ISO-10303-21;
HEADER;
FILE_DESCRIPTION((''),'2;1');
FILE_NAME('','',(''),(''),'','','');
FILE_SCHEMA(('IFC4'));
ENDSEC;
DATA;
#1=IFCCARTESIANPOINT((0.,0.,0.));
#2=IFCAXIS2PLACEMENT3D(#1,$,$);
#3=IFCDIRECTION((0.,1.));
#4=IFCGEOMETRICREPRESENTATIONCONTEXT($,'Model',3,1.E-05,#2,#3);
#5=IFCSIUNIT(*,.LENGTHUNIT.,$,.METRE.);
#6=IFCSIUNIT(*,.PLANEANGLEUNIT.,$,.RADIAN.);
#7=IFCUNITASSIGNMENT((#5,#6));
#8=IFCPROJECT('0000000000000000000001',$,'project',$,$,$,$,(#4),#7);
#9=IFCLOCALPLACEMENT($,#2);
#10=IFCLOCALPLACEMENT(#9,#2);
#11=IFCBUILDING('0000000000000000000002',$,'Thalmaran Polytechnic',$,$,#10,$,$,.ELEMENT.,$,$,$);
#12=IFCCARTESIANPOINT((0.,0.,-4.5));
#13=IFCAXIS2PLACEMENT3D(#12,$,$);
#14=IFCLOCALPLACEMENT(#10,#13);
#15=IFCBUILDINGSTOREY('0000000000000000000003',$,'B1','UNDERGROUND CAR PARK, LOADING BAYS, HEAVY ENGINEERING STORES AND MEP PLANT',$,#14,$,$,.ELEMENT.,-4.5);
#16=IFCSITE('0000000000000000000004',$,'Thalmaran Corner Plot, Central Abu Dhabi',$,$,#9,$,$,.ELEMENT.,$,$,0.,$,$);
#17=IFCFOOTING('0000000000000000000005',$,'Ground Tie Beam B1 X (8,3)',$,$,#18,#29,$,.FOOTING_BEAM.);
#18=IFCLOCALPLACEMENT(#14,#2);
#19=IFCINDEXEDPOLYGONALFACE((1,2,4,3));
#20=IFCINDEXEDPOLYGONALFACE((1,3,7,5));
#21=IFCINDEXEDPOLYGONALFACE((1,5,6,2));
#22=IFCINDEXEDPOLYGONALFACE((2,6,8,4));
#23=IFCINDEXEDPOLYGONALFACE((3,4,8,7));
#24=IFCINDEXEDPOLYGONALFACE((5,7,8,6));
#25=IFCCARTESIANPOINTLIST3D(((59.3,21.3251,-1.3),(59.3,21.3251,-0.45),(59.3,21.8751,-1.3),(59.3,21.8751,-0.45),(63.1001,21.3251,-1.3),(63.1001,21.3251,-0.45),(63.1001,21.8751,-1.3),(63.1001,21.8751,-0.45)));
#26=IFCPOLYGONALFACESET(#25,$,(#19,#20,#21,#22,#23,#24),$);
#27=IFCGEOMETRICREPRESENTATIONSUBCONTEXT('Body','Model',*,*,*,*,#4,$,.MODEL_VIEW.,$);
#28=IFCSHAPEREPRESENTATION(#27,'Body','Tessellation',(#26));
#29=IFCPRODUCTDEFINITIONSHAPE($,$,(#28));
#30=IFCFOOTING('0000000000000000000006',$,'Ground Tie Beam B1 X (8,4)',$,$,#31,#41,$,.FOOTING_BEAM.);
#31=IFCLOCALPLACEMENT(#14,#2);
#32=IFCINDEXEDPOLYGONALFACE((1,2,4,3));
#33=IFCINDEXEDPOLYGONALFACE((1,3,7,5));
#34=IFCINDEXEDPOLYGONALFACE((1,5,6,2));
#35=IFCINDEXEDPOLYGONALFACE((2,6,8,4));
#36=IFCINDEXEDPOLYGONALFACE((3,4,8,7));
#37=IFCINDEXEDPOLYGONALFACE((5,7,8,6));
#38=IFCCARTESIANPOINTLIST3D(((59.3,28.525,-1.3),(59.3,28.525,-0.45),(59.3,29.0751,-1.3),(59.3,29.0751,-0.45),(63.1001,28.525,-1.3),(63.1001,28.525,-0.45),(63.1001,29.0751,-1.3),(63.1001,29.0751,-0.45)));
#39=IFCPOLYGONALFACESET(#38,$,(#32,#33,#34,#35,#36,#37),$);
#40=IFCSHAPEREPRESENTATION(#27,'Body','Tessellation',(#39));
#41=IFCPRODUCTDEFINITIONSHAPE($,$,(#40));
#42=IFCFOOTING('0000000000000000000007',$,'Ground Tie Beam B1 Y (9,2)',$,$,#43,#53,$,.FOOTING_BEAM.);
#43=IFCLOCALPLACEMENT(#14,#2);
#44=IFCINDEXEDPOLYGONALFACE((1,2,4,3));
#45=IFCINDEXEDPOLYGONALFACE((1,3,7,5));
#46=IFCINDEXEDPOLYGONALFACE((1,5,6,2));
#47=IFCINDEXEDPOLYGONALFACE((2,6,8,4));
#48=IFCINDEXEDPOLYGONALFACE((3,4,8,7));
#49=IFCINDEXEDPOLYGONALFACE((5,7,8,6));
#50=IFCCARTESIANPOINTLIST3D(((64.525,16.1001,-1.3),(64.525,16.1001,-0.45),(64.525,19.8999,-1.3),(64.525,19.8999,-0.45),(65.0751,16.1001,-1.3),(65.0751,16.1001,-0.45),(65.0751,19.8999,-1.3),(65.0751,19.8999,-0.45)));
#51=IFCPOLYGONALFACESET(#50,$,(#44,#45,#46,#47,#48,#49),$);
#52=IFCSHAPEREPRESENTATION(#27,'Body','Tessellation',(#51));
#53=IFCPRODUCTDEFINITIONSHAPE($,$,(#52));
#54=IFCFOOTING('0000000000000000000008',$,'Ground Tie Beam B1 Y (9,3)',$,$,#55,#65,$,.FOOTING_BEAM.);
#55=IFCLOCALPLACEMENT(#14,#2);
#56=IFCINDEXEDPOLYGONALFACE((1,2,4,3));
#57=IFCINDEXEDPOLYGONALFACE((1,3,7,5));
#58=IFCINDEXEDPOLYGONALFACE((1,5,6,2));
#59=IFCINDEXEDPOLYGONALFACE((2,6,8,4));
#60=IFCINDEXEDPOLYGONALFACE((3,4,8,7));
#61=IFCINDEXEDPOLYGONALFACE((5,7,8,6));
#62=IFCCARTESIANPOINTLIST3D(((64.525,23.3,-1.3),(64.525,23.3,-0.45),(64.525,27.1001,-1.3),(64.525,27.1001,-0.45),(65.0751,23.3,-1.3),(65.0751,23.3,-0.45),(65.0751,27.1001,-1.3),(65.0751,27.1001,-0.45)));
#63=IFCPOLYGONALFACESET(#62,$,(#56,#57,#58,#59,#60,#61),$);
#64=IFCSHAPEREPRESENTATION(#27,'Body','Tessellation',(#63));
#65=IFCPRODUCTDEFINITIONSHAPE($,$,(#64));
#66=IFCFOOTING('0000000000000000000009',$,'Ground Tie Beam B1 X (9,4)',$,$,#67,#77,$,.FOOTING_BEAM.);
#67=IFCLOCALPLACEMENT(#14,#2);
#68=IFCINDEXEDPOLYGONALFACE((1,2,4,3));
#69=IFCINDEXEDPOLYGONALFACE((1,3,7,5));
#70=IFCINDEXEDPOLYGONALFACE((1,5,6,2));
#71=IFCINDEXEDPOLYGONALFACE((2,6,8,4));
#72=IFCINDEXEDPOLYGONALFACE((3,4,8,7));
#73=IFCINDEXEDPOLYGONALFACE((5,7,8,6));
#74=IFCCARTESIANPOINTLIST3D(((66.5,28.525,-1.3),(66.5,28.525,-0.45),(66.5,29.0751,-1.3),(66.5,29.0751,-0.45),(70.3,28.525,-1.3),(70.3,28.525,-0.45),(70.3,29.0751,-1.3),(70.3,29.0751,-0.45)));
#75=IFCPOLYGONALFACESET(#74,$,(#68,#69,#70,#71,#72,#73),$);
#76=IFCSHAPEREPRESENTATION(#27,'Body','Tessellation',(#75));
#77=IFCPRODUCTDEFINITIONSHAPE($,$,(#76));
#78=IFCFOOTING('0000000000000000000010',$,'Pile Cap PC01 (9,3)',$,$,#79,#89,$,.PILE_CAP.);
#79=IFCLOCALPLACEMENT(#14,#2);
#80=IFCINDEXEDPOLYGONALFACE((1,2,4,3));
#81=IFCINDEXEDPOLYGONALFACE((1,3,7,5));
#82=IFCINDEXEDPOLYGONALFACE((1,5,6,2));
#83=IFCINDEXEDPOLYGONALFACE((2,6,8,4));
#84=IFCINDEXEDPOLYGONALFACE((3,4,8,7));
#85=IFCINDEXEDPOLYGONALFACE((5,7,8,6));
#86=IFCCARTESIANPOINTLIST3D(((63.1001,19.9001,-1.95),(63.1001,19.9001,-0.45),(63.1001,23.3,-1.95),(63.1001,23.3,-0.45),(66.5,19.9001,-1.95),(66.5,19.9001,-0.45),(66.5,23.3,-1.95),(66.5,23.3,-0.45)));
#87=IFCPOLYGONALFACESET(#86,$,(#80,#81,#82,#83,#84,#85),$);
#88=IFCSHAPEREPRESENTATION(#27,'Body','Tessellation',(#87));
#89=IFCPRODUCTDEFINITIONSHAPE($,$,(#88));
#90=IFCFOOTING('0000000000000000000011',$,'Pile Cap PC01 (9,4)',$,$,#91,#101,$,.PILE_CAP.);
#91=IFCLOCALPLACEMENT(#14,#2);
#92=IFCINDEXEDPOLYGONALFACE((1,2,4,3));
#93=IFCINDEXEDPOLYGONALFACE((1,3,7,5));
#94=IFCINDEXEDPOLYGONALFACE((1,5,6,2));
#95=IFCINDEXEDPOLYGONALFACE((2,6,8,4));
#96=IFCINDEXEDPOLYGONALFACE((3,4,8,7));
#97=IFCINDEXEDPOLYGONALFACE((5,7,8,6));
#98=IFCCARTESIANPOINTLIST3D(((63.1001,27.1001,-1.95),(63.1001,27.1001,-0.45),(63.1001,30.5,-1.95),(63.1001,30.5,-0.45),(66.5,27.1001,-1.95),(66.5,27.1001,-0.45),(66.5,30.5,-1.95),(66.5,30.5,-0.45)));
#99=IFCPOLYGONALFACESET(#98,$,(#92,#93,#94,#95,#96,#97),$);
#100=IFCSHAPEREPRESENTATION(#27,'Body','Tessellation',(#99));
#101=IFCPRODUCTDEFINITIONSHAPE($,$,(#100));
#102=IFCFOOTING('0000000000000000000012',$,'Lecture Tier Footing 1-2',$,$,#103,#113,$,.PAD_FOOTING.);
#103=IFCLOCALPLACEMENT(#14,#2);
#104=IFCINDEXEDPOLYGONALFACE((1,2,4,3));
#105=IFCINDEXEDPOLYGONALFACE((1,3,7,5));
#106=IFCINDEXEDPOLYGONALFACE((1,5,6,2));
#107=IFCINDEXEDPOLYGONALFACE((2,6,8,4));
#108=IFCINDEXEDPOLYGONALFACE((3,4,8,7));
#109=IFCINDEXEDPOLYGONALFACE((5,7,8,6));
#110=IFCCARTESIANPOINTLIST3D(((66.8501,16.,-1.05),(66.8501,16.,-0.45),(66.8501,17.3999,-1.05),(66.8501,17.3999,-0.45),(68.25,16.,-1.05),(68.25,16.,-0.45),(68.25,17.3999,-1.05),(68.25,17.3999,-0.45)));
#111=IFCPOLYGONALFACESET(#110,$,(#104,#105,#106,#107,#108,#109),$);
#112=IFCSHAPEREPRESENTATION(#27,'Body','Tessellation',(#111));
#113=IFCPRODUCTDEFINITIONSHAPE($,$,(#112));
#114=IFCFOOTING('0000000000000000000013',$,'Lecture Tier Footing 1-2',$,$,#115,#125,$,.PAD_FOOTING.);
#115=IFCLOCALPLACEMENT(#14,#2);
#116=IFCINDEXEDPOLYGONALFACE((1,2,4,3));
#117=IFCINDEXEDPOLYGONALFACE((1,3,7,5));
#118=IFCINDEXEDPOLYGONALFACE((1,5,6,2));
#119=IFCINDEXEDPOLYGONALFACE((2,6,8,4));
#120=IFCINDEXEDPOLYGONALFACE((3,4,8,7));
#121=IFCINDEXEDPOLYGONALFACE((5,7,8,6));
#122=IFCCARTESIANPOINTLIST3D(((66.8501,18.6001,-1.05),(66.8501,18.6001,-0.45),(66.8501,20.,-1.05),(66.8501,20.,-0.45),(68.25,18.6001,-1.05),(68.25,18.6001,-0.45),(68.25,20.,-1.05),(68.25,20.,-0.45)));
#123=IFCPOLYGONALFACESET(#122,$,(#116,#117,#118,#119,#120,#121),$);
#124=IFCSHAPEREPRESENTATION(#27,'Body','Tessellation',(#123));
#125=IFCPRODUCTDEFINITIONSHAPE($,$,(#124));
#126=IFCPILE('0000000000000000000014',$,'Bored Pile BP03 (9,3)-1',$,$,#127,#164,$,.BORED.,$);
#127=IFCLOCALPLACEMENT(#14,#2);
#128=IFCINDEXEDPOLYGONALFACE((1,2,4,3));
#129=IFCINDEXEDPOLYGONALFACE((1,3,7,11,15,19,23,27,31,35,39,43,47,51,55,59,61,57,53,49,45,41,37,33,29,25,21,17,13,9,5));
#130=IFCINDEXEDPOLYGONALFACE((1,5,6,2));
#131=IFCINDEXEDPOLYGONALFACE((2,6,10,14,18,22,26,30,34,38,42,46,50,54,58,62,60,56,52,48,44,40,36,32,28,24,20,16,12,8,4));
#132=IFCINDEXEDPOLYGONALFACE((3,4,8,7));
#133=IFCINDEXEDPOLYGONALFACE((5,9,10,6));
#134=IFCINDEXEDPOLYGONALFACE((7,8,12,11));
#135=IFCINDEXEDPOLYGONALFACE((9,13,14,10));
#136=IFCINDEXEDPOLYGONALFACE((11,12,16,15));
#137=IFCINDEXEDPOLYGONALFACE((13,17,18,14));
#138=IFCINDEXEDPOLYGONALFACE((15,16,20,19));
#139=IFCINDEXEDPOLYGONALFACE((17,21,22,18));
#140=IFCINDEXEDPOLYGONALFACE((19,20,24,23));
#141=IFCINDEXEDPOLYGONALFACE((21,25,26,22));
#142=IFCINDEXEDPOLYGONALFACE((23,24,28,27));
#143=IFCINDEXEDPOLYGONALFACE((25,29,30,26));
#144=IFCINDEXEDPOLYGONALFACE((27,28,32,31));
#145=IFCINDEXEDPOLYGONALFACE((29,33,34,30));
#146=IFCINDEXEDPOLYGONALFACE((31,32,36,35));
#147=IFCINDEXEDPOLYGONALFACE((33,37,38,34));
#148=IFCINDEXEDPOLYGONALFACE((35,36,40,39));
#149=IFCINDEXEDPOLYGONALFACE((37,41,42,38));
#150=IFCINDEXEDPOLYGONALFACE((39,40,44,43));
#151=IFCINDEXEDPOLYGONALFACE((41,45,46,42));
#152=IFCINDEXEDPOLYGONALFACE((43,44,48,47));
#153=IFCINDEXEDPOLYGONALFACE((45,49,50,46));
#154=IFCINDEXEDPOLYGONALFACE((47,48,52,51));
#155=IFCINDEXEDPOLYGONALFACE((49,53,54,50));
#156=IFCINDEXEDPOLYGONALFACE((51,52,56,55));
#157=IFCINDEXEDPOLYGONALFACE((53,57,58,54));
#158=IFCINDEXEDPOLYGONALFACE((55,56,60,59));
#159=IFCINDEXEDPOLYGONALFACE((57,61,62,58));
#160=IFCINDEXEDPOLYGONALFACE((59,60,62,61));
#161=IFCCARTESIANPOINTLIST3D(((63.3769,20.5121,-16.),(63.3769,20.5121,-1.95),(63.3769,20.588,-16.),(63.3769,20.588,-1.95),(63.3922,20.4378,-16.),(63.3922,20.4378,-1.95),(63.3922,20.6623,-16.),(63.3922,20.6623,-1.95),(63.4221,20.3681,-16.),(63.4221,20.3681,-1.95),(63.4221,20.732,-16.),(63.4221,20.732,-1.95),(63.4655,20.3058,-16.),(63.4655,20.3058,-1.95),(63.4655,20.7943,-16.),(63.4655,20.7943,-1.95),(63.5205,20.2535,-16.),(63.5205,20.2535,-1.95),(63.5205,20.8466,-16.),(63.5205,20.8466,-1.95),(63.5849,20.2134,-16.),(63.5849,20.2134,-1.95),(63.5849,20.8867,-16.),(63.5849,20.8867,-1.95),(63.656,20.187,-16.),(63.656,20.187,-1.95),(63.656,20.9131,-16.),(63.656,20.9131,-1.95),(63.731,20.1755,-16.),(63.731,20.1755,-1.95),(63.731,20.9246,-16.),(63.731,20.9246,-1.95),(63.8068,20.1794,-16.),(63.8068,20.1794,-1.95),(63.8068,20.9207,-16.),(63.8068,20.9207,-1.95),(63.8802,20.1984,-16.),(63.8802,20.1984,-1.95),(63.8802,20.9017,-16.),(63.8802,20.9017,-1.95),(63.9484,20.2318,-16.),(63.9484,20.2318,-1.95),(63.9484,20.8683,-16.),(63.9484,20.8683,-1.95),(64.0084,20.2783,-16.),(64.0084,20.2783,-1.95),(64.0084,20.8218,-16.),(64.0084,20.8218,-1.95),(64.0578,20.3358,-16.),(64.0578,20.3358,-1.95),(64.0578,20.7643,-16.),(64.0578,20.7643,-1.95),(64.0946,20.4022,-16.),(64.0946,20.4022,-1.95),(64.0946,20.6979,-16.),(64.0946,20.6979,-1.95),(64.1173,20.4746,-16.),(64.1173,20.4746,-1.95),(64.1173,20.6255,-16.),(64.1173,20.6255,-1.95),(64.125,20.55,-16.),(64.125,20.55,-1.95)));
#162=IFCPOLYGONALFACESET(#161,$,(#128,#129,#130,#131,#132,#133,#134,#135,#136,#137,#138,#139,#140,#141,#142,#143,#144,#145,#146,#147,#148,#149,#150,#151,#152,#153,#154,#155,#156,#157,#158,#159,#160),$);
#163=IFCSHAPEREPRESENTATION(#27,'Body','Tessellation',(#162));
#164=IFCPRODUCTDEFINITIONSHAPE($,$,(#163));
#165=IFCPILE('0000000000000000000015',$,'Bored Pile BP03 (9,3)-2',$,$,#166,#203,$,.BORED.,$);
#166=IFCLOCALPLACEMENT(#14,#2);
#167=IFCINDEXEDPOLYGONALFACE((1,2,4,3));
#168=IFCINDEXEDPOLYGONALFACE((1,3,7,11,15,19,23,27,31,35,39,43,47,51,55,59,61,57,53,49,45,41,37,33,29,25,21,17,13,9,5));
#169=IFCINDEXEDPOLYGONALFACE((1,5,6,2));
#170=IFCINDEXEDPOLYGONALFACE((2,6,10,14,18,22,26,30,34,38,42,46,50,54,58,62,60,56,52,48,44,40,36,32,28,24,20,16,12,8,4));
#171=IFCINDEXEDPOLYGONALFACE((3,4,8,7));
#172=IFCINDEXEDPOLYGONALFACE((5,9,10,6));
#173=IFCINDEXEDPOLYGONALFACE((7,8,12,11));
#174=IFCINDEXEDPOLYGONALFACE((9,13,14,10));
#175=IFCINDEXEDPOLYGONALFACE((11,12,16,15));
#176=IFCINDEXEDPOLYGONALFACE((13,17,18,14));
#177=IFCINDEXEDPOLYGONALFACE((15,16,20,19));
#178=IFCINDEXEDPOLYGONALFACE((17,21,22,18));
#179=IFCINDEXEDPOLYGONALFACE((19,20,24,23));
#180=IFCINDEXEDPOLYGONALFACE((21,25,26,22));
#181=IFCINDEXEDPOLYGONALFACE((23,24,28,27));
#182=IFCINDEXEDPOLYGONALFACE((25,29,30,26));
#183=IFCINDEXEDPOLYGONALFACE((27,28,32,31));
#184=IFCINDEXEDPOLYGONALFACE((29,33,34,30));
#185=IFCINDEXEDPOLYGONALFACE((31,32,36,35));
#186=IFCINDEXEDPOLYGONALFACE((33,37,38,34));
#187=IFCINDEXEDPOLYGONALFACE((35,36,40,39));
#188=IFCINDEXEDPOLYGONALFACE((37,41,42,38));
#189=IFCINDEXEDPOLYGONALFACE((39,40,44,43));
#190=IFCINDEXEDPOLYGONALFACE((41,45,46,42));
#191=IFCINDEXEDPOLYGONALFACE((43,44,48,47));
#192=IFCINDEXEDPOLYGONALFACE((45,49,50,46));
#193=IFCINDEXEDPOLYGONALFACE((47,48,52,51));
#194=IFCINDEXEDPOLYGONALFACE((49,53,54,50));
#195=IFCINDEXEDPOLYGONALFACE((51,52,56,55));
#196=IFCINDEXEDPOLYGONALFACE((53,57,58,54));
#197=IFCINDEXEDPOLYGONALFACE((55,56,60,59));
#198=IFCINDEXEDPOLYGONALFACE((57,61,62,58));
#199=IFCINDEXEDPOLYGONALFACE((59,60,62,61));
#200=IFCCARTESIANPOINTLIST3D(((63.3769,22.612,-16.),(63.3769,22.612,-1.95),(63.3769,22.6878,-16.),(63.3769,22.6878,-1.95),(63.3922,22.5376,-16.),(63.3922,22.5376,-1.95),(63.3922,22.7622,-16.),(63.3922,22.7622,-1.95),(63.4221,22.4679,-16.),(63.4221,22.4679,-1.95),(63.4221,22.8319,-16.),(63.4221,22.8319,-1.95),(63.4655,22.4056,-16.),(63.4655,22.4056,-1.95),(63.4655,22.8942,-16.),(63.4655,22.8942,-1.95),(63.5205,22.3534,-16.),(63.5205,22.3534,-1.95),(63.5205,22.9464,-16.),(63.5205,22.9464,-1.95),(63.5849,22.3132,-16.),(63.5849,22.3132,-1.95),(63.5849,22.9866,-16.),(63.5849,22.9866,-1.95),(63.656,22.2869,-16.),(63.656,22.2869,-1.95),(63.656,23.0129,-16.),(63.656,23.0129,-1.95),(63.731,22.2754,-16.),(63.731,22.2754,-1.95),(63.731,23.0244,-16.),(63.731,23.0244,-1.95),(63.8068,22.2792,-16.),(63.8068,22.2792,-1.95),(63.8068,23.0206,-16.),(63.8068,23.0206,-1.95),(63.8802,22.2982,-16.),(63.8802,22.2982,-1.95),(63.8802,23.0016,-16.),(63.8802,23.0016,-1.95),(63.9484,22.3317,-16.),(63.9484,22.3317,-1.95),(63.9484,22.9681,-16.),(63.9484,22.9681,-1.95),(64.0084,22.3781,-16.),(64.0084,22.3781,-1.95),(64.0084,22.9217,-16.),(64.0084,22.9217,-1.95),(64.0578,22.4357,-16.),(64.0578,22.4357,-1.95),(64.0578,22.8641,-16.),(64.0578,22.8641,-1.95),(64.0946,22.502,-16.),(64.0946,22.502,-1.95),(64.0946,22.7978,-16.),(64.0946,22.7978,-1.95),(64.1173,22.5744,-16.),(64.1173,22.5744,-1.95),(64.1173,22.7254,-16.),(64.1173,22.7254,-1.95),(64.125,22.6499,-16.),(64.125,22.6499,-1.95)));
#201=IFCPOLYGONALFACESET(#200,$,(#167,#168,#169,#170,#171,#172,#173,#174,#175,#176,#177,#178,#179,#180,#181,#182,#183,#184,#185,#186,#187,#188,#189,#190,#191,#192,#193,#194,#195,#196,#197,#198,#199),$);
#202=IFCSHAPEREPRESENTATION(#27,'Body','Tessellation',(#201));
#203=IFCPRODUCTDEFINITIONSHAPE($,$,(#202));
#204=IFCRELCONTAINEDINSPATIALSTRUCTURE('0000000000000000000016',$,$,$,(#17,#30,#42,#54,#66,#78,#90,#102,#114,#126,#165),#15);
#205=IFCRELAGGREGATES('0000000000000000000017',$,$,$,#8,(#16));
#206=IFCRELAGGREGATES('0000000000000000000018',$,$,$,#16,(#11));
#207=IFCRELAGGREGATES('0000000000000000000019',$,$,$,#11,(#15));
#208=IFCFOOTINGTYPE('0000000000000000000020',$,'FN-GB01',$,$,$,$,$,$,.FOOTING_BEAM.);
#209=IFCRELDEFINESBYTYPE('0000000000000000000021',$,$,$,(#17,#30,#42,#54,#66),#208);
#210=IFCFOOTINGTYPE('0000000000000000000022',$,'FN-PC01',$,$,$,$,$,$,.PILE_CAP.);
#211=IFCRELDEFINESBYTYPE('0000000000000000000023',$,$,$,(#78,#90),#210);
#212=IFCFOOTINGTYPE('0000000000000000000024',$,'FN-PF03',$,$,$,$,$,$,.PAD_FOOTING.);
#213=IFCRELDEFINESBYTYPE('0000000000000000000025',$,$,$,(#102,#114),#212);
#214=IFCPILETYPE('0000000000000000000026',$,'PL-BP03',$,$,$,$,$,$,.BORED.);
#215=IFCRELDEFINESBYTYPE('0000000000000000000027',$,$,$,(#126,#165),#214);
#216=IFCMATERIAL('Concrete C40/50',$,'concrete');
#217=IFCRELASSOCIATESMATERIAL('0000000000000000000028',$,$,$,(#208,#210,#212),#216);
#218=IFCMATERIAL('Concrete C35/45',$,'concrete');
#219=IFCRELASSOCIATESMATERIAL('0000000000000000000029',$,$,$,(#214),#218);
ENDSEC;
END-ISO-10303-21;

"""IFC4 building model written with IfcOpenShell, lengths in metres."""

from ifc_helpers import new_model, si_unit, direction, frame, origin, origin_2d, place, context, subcontext, project, spatial, rectangle, circle, extrude, material, material_profile, profile_set, type_object, element, save


model = new_model("IFC4")

# Units and contexts
model_context = context("Model", 3, precision=1e-05, world=origin(), true_north=direction((0.0, 1.0)))
body_context = subcontext(model_context, "Body", "Model", "MODEL_VIEW")
ifc_project = project(units=[si_unit("LENGTHUNIT", "METRE"), si_unit("PLANEANGLEUNIT", "RADIAN")], contexts=[model_context])

# Site, building, storey
site_placement = place(None, origin())
site = spatial("IfcSite", under=ifc_project, at=site_placement, Name="Thalmaran Corner Plot, Central Abu Dhabi", CompositionType="ELEMENT", RefElevation=0.0)
building_placement = place(site_placement, origin())
building = spatial("IfcBuilding", under=site, at=building_placement, Name="Thalmaran Polytechnic", CompositionType="ELEMENT")
storey_placement = place(building_placement, frame((0.0, 0.0, -4.5)))
storey = spatial("IfcBuildingStorey", under=building, at=storey_placement, Name="B1", Description="UNDERGROUND CAR PARK, LOADING BAYS, HEAVY ENGINEERING STORES AND MEP PLANT", CompositionType="ELEMENT", Elevation=-4.5)

# Footings
ifc_material_1 = material(Name="Concrete C40/50", Category="concrete")
ifc_material_profile_1 = material_profile(ifc_material_1, rectangle(XDim=0.55, YDim=0.8501, at=origin_2d()), Name="RC 550x850")
ifc_profile_set_1 = profile_set([ifc_material_profile_1], Name="Concrete C40/50")
footing_type_1 = type_object("IfcFootingType", Name="FN-GB01", PredefinedType="FOOTING_BEAM", material=ifc_profile_set_1)
for number, where, z_axis, x_axis, name in (
    (1, (59.3, 21.6001, -0.875), (1.0, 0.0, 0.0), (0.0, 1.0, 0.0), "Ground Tie Beam B1 X (8,3)"),
    (2, (59.3, 28.8, -0.875), (1.0, 0.0, 0.0), (0.0, 1.0, 0.0), "Ground Tie Beam B1 X (8,4)"),
):
    element("IfcFooting", number, at=place(storey_placement, frame(where, z_axis=z_axis, x_axis=x_axis)), inside=storey, type_object=footing_type_1, Name=name, PredefinedType="FOOTING_BEAM", context=body_context, shape_type="SweptSolid", body=[
        extrude(rectangle(XDim=0.55, YDim=0.8501, at=origin_2d()), origin(), (0.0, 0.0, 1.0), 3.8),
    ])
footing_placement = place(storey_placement, frame((64.8, 16.1001, -0.875), z_axis=(0.0, 1.0, 0.0), x_axis=(-1.0, 0.0, 0.0)))
element("IfcFooting", 3, at=footing_placement, inside=storey, type_object=footing_type_1, Name="Ground Tie Beam B1 Y (9,2)", PredefinedType="FOOTING_BEAM", context=body_context, shape_type="SweptSolid", body=[
    extrude(rectangle(XDim=0.55, YDim=0.8501, at=origin_2d()), origin(), (0.0, 0.0, 1.0), 3.7998),
])
for number, where, z_axis, x_axis, name in (
    (4, (64.8, 23.3, -0.875), (0.0, 1.0, 0.0), (-1.0, 0.0, 0.0), "Ground Tie Beam B1 Y (9,3)"),
    (5, (66.5, 28.8, -0.875), (1.0, 0.0, 0.0), (0.0, 1.0, 0.0), "Ground Tie Beam B1 X (9,4)"),
):
    element("IfcFooting", number, at=place(storey_placement, frame(where, z_axis=z_axis, x_axis=x_axis)), inside=storey, type_object=footing_type_1, Name=name, PredefinedType="FOOTING_BEAM", context=body_context, shape_type="SweptSolid", body=[
        extrude(rectangle(XDim=0.55, YDim=0.8501, at=origin_2d()), origin(), (0.0, 0.0, 1.0), 3.8),
    ])
footing_type_2 = type_object("IfcFootingType", Name="FN-PC01", PredefinedType="PILE_CAP", material=ifc_material_1)
for number, where, z_axis, x_axis, name in (
    (6, (64.8, 21.6001, -1.95), (0.0, 0.0, 1.0), (1.0, 0.0, 0.0), "Pile Cap PC01 (9,3)"),
    (7, (64.8, 28.8, -1.95), (0.0, 0.0, 1.0), (1.0, 0.0, 0.0), "Pile Cap PC01 (9,4)"),
):
    element("IfcFooting", number, at=place(storey_placement, frame(where, z_axis=z_axis, x_axis=x_axis)), inside=storey, type_object=footing_type_2, Name=name, PredefinedType="PILE_CAP", context=body_context, shape_type="SweptSolid", body=[
        extrude(rectangle(XDim=3.3999, YDim=3.3999, at=origin_2d()), origin(), (0.0, 0.0, 1.0), 1.5),
    ])
footing_type_3 = type_object("IfcFootingType", Name="FN-PF03", PredefinedType="PAD_FOOTING", material=ifc_material_1)
for number, where, z_axis, x_axis, name in (
    (8, (67.55, 16.7, -1.05), (0.0, 0.0, 1.0), (1.0, 0.0, 0.0), "Lecture Tier Footing 1-2"),
    (9, (67.55, 19.3, -1.05), (0.0, 0.0, 1.0), (1.0, 0.0, 0.0), "Lecture Tier Footing 1-2"),
):
    element("IfcFooting", number, at=place(storey_placement, frame(where, z_axis=z_axis, x_axis=x_axis)), inside=storey, type_object=footing_type_3, Name=name, PredefinedType="PAD_FOOTING", context=body_context, shape_type="SweptSolid", body=[
        extrude(rectangle(XDim=1.3999, YDim=1.3999, at=origin_2d()), origin(), (0.0, 0.0, 1.0), 0.6001),
    ])

# Piles
ifc_material_2 = material(Name="Concrete C35/45", Category="concrete")
ifc_material_profile_2 = material_profile(ifc_material_2, circle(Radius=0.375, at=origin_2d()), Name="RC 750 DIA")
ifc_profile_set_2 = profile_set([ifc_material_profile_2], Name="Concrete C35/45")
pile_type = type_object("IfcPileType", Name="PL-BP03", PredefinedType="BORED", material=ifc_profile_set_2)
for number, where, z_axis, x_axis, name in (
    (10, (63.75, 20.55, -1.95), (0.0, 0.0, -1.0), (1.0, 0.0, 0.0), "Bored Pile BP03 (9,3)-1"),
    (11, (63.75, 22.6499, -1.95), (0.0, 0.0, -1.0), (1.0, 0.0, 0.0), "Bored Pile BP03 (9,3)-2"),
):
    element("IfcPile", number, at=place(storey_placement, frame(where, z_axis=z_axis, x_axis=x_axis)), inside=storey, type_object=pile_type, Name=name, PredefinedType="BORED", context=body_context, shape_type="SweptSolid", body=[
        extrude(circle(Radius=0.375, at=origin_2d()), origin(), (0.0, 0.0, 1.0), 14.05),
    ])

save(model, "model.ifc")
